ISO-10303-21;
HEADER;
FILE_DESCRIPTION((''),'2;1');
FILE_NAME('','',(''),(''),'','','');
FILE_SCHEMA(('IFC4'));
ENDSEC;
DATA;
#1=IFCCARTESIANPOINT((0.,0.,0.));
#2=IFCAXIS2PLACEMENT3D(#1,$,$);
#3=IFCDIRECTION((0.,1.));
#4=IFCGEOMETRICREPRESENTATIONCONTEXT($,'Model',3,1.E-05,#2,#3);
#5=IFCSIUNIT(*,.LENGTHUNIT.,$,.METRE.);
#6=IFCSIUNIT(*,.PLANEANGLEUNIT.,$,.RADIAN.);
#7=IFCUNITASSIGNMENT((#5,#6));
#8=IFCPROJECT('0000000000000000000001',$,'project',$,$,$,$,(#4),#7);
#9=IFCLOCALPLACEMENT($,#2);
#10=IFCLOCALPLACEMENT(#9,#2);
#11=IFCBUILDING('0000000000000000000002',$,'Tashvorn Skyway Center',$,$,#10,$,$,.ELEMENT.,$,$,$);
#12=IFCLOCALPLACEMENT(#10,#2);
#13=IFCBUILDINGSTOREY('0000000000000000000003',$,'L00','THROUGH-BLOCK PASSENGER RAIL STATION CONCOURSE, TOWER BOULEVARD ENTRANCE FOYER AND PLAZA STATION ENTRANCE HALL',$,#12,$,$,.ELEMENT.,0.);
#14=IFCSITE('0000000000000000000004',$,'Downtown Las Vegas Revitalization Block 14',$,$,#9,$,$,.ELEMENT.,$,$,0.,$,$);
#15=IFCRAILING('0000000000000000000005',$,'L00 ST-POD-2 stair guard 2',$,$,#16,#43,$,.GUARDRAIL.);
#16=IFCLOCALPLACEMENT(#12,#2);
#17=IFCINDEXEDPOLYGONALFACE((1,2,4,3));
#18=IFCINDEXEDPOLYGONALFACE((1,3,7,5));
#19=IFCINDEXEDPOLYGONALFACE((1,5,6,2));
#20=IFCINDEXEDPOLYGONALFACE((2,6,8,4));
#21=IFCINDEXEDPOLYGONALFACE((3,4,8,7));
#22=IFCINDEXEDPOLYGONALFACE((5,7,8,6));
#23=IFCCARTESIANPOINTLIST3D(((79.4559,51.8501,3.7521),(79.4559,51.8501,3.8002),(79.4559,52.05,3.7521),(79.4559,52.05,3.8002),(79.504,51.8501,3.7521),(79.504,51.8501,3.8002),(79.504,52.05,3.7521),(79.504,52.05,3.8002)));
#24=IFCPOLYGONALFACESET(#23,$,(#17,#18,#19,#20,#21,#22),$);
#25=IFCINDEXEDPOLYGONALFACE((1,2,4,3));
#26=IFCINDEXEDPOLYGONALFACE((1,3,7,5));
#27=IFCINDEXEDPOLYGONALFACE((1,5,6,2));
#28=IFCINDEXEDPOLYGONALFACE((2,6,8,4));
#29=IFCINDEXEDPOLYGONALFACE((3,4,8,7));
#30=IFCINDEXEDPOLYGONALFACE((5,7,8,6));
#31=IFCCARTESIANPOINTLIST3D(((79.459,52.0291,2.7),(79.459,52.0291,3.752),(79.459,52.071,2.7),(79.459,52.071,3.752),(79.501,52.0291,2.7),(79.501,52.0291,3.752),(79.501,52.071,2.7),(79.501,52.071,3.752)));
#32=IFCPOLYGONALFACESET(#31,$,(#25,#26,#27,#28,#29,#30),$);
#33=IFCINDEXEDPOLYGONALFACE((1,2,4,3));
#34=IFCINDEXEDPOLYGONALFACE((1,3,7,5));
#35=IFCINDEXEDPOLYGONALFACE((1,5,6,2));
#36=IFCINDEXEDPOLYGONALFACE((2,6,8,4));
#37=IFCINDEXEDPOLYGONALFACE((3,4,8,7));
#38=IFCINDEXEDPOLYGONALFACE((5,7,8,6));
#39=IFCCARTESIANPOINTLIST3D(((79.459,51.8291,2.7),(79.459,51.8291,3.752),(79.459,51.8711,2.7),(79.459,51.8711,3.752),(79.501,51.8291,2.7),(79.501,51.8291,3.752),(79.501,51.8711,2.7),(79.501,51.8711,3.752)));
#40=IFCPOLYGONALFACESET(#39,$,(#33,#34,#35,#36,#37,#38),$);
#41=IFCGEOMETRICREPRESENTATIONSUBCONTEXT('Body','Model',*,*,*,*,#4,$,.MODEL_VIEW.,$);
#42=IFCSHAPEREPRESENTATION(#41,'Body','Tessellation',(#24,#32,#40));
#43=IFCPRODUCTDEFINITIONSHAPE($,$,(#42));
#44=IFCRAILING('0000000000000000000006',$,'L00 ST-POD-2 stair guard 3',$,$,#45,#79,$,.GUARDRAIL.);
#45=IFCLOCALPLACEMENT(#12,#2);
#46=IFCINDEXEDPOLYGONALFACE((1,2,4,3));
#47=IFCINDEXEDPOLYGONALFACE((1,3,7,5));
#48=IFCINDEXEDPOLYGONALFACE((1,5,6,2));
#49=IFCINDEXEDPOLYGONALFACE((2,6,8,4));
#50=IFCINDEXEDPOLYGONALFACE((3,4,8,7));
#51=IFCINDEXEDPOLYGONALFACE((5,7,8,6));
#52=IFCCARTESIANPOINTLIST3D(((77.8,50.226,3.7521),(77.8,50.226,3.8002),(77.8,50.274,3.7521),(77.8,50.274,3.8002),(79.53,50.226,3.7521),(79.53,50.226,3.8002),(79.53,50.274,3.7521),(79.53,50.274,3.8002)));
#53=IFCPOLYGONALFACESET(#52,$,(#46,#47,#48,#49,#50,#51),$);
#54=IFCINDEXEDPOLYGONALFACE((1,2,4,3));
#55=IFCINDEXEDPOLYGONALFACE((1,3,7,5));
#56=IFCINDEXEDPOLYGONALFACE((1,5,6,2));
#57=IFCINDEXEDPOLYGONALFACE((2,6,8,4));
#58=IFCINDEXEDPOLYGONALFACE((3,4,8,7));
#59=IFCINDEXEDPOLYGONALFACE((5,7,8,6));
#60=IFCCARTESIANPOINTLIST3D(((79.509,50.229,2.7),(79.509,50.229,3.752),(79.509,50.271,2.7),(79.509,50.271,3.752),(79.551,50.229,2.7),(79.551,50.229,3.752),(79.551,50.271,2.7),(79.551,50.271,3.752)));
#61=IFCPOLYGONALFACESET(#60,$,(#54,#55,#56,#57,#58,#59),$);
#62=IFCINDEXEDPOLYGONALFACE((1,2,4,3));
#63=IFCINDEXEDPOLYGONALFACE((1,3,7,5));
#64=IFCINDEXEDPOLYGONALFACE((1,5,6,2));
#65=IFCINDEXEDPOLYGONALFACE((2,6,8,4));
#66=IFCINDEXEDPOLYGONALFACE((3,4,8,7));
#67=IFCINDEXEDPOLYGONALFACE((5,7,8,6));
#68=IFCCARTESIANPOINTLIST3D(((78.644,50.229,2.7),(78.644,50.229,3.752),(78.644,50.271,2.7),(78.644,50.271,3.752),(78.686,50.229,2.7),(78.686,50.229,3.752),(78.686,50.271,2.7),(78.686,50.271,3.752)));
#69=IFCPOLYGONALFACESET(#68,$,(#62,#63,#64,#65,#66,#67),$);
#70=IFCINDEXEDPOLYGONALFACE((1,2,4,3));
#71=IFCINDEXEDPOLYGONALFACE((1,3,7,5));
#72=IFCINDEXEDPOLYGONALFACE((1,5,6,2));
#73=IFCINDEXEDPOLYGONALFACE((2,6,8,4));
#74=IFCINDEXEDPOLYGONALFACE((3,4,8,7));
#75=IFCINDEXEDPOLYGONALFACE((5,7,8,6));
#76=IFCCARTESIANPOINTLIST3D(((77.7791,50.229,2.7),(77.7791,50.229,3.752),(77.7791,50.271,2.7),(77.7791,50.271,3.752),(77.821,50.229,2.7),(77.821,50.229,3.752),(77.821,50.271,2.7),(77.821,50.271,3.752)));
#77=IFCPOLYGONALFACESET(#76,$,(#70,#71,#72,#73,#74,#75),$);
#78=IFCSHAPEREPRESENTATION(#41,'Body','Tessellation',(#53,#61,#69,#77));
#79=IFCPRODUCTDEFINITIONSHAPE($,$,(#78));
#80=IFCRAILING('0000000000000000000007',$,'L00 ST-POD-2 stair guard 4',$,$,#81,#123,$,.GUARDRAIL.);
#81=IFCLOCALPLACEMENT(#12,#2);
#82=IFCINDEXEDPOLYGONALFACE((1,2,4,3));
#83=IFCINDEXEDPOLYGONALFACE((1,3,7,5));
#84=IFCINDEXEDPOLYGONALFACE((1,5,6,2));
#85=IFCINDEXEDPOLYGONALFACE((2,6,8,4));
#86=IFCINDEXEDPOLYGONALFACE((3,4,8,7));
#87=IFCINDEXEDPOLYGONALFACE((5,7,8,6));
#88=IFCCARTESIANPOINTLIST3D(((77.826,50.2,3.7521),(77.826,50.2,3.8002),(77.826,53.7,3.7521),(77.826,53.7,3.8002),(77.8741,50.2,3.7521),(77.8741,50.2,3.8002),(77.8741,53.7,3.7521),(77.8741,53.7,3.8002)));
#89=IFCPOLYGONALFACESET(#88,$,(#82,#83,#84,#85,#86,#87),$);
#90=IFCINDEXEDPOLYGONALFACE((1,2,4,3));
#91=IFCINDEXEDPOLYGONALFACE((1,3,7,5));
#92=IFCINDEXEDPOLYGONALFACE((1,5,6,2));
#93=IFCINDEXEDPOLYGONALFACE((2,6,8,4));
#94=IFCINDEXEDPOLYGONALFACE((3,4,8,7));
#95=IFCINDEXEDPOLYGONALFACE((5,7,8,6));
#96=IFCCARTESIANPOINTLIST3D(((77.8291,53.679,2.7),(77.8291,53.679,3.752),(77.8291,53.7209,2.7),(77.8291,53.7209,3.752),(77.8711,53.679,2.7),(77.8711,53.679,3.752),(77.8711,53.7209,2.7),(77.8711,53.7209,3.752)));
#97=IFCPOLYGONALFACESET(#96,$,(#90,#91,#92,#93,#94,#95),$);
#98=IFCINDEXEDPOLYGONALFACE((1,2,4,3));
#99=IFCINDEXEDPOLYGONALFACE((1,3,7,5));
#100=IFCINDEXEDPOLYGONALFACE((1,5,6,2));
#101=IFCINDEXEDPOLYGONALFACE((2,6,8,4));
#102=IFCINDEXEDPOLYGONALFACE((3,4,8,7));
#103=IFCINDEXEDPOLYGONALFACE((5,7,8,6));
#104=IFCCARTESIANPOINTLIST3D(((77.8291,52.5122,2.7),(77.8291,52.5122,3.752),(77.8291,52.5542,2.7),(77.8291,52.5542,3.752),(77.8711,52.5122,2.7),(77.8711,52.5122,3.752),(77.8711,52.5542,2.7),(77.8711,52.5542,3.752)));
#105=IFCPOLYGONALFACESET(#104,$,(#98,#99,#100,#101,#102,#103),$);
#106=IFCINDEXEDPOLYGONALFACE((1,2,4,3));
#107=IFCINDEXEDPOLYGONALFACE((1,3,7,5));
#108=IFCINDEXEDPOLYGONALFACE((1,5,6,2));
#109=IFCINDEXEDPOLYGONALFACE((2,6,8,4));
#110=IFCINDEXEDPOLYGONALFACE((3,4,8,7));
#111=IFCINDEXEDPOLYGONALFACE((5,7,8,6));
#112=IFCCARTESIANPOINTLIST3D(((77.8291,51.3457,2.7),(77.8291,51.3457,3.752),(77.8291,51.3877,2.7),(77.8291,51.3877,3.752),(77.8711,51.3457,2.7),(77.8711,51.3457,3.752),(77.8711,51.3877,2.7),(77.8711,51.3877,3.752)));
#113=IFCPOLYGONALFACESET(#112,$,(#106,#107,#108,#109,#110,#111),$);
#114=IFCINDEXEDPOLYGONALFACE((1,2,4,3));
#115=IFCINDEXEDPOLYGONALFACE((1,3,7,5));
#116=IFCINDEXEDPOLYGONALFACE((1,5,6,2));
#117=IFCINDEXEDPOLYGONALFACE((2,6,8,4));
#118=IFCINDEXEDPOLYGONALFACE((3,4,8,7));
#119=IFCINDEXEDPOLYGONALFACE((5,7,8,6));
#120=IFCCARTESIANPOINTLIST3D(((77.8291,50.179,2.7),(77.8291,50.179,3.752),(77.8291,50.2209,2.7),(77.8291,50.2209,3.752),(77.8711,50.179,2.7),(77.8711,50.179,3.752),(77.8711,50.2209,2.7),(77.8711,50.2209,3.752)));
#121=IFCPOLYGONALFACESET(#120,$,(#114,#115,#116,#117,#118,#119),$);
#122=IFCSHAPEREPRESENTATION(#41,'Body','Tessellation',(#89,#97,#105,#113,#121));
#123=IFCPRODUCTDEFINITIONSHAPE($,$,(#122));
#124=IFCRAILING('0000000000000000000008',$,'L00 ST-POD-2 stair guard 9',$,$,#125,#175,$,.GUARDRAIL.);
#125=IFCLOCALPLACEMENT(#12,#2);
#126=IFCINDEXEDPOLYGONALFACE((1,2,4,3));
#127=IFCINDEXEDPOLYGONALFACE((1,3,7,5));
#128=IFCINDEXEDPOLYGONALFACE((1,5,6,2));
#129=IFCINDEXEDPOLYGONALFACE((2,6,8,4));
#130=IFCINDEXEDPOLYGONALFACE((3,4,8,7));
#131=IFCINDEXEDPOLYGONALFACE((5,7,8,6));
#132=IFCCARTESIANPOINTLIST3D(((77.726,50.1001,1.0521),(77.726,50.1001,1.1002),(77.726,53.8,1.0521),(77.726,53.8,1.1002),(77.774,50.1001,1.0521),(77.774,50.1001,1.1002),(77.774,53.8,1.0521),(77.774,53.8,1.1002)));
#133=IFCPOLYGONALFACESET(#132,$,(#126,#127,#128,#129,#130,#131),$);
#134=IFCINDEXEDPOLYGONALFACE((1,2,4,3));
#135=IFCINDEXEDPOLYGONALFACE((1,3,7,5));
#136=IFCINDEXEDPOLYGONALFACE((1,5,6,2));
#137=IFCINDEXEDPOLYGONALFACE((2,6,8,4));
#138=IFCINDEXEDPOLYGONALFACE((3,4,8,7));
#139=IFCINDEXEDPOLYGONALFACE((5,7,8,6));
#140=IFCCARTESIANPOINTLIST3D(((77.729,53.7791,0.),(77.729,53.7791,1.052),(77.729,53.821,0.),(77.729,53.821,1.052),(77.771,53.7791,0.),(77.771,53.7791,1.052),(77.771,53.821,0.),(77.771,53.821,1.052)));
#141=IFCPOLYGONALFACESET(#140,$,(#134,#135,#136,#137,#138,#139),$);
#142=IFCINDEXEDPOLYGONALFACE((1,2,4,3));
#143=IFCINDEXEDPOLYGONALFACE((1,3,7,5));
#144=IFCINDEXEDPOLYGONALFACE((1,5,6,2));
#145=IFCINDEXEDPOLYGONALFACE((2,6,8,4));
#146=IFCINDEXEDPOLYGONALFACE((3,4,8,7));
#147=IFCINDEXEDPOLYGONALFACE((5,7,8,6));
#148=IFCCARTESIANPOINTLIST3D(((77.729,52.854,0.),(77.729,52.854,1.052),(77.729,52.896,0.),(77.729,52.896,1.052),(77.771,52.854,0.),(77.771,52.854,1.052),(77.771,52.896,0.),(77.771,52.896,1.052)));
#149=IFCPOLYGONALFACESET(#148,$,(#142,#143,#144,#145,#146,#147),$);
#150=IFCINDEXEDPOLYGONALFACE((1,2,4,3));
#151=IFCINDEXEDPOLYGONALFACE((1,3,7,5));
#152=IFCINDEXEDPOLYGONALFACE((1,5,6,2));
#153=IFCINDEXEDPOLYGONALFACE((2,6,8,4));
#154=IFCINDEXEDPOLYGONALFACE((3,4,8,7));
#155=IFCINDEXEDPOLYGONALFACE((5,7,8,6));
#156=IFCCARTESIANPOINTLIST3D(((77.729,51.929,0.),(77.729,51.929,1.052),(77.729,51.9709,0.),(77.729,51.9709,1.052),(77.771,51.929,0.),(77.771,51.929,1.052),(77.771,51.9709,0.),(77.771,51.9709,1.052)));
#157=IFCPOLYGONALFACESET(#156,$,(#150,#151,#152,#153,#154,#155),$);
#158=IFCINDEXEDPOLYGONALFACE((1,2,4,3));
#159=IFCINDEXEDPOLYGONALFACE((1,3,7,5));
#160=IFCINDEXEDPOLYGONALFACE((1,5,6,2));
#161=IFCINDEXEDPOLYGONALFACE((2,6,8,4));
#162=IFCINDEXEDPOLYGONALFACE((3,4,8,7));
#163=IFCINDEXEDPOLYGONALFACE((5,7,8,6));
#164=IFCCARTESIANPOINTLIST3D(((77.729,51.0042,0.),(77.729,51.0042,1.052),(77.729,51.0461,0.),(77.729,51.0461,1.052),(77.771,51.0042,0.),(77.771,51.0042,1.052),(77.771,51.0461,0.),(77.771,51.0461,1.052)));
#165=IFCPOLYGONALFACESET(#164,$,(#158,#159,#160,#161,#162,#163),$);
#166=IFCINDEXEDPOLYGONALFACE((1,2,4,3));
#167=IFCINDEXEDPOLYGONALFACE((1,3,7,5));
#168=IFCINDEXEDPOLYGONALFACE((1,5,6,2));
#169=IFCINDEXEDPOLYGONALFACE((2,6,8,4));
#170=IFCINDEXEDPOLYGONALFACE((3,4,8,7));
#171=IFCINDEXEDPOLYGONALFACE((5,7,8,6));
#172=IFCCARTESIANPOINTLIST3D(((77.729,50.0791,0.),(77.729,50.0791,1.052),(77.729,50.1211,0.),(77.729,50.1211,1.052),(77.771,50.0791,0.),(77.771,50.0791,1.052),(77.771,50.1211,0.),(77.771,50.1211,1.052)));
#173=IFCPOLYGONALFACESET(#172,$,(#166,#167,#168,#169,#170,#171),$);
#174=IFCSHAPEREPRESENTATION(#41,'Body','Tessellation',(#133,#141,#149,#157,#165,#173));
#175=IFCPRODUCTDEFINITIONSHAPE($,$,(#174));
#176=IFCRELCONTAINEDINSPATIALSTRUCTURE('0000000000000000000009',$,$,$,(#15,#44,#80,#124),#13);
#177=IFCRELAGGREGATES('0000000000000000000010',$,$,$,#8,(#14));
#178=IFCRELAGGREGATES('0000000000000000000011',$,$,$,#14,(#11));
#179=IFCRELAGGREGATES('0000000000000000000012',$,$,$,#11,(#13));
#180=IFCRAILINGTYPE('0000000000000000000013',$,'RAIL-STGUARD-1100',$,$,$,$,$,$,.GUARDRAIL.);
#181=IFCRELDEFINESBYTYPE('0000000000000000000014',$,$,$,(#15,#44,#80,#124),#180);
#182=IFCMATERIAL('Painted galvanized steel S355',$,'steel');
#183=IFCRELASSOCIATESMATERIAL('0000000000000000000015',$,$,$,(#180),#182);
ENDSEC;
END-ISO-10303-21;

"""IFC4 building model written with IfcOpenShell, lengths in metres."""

from ifc_helpers import new_model, si_unit, direction, frame, origin, origin_2d, place, context, subcontext, project, spatial, rectangle, extrude, material, type_object, element, save


model = new_model("IFC4")

# Units and contexts
model_context = context("Model", 3, precision=1e-05, world=origin(), true_north=direction((0.0, 1.0)))
body_context = subcontext(model_context, "Body", "Model", "MODEL_VIEW")
ifc_project = project(units=[si_unit("LENGTHUNIT", "METRE"), si_unit("PLANEANGLEUNIT", "RADIAN")], contexts=[model_context])

# Site, building, storey
site_placement = place(None, origin())
site = spatial("IfcSite", under=ifc_project, at=site_placement, Name="Downtown Las Vegas Revitalization Block 14", CompositionType="ELEMENT", RefElevation=0.0)
building_placement = place(site_placement, origin())
building = spatial("IfcBuilding", under=site, at=building_placement, Name="Tashvorn Skyway Center", CompositionType="ELEMENT")
storey_placement = place(building_placement, origin())
storey = spatial("IfcBuildingStorey", under=building, at=storey_placement, Name="L00", Description="THROUGH-BLOCK PASSENGER RAIL STATION CONCOURSE, TOWER BOULEVARD ENTRANCE FOYER AND PLAZA STATION ENTRANCE HALL", CompositionType="ELEMENT", Elevation=0.0)

# Railings
ifc_material_1 = material(Name="Painted galvanized steel S355", Category="steel")
railing_type_1 = type_object("IfcRailingType", Name="RAIL-STGUARD-1100", PredefinedType="GUARDRAIL", material=ifc_material_1)
railing_1_placement = place(storey_placement, frame((79.48, 52.05, 2.7)))
element("IfcRailing", 1, at=railing_1_placement, inside=storey, type_object=railing_type_1, Name="L00 ST-POD-2 stair guard 2", PredefinedType="GUARDRAIL", context=body_context, shape_type="SweptSolid", body=[
    extrude(rectangle(XDim=0.0481, YDim=0.0481, at=origin_2d()), frame((0.0, 0.0, 1.0762), z_axis=(0.0, -1.0, 0.0), x_axis=(1.0, 0.0, 0.0)), (0.0, 0.0, 1.0), 0.2),
    extrude(rectangle(XDim=0.042, YDim=0.042, at=origin_2d()), origin(), (0.0, 0.0, 1.0), 1.052),
    extrude(rectangle(XDim=0.042, YDim=0.042, at=origin_2d()), frame((0.0, -0.2, 0.0)), (0.0, 0.0, 1.0), 1.052),
])
railing_2_placement = place(storey_placement, frame((79.53, 50.25, 2.7)))
element("IfcRailing", 2, at=railing_2_placement, inside=storey, type_object=railing_type_1, Name="L00 ST-POD-2 stair guard 3", PredefinedType="GUARDRAIL", context=body_context, shape_type="SweptSolid", body=[
    extrude(rectangle(XDim=0.0481, YDim=0.0481, at=origin_2d()), frame((0.0, 0.0, 1.0762), z_axis=(-1.0, 0.0, 0.0), x_axis=(0.0, -1.0, 0.0)), (0.0, 0.0, 1.0), 1.73),
    extrude(rectangle(XDim=0.042, YDim=0.042, at=origin_2d()), origin(), (0.0, 0.0, 1.0), 1.052),
    extrude(rectangle(XDim=0.042, YDim=0.042, at=origin_2d()), frame((-0.865, 0.0, 0.0)), (0.0, 0.0, 1.0), 1.052),
    extrude(rectangle(XDim=0.042, YDim=0.042, at=origin_2d()), frame((-1.73, 0.0, 0.0)), (0.0, 0.0, 1.0), 1.052),
])
railing_3_placement = place(storey_placement, frame((77.8501, 53.7, 2.7)))
element("IfcRailing", 3, at=railing_3_placement, inside=storey, type_object=railing_type_1, Name="L00 ST-POD-2 stair guard 4", PredefinedType="GUARDRAIL", context=body_context, shape_type="SweptSolid", body=[
    extrude(rectangle(XDim=0.0481, YDim=0.0481, at=origin_2d()), frame((0.0, 0.0, 1.0762), z_axis=(0.0, -1.0, 0.0), x_axis=(1.0, 0.0, 0.0)), (0.0, 0.0, 1.0), 3.5),
    extrude(rectangle(XDim=0.042, YDim=0.042, at=origin_2d()), origin(), (0.0, 0.0, 1.0), 1.052),
    extrude(rectangle(XDim=0.042, YDim=0.042, at=origin_2d()), frame((0.0, -1.1667, 0.0)), (0.0, 0.0, 1.0), 1.052),
    extrude(rectangle(XDim=0.042, YDim=0.042, at=origin_2d()), frame((0.0, -2.3333, 0.0)), (0.0, 0.0, 1.0), 1.052),
    extrude(rectangle(XDim=0.042, YDim=0.042, at=origin_2d()), frame((0.0, -3.5, 0.0)), (0.0, 0.0, 1.0), 1.052),
])
railing_4_placement = place(storey_placement, frame((77.75, 53.8, 0.0)))
element("IfcRailing", 4, at=railing_4_placement, inside=storey, type_object=railing_type_1, Name="L00 ST-POD-2 stair guard 9", PredefinedType="GUARDRAIL", context=body_context, shape_type="SweptSolid", body=[
    extrude(rectangle(XDim=0.0481, YDim=0.0481, at=origin_2d()), frame((0.0, 0.0, 1.0762), z_axis=(0.0, -1.0, 0.0), x_axis=(1.0, 0.0, 0.0)), (0.0, 0.0, 1.0), 3.7),
    extrude(rectangle(XDim=0.042, YDim=0.042, at=origin_2d()), origin(), (0.0, 0.0, 1.0), 1.052),
    extrude(rectangle(XDim=0.042, YDim=0.042, at=origin_2d()), frame((0.0, -0.925, 0.0)), (0.0, 0.0, 1.0), 1.052),
    extrude(rectangle(XDim=0.042, YDim=0.042, at=origin_2d()), frame((0.0, -1.8501, 0.0)), (0.0, 0.0, 1.0), 1.052),
    extrude(rectangle(XDim=0.042, YDim=0.042, at=origin_2d()), frame((0.0, -2.7749, 0.0)), (0.0, 0.0, 1.0), 1.052),
    extrude(rectangle(XDim=0.042, YDim=0.042, at=origin_2d()), frame((0.0, -3.7, 0.0)), (0.0, 0.0, 1.0), 1.052),
])

save(model, "model.ifc")
